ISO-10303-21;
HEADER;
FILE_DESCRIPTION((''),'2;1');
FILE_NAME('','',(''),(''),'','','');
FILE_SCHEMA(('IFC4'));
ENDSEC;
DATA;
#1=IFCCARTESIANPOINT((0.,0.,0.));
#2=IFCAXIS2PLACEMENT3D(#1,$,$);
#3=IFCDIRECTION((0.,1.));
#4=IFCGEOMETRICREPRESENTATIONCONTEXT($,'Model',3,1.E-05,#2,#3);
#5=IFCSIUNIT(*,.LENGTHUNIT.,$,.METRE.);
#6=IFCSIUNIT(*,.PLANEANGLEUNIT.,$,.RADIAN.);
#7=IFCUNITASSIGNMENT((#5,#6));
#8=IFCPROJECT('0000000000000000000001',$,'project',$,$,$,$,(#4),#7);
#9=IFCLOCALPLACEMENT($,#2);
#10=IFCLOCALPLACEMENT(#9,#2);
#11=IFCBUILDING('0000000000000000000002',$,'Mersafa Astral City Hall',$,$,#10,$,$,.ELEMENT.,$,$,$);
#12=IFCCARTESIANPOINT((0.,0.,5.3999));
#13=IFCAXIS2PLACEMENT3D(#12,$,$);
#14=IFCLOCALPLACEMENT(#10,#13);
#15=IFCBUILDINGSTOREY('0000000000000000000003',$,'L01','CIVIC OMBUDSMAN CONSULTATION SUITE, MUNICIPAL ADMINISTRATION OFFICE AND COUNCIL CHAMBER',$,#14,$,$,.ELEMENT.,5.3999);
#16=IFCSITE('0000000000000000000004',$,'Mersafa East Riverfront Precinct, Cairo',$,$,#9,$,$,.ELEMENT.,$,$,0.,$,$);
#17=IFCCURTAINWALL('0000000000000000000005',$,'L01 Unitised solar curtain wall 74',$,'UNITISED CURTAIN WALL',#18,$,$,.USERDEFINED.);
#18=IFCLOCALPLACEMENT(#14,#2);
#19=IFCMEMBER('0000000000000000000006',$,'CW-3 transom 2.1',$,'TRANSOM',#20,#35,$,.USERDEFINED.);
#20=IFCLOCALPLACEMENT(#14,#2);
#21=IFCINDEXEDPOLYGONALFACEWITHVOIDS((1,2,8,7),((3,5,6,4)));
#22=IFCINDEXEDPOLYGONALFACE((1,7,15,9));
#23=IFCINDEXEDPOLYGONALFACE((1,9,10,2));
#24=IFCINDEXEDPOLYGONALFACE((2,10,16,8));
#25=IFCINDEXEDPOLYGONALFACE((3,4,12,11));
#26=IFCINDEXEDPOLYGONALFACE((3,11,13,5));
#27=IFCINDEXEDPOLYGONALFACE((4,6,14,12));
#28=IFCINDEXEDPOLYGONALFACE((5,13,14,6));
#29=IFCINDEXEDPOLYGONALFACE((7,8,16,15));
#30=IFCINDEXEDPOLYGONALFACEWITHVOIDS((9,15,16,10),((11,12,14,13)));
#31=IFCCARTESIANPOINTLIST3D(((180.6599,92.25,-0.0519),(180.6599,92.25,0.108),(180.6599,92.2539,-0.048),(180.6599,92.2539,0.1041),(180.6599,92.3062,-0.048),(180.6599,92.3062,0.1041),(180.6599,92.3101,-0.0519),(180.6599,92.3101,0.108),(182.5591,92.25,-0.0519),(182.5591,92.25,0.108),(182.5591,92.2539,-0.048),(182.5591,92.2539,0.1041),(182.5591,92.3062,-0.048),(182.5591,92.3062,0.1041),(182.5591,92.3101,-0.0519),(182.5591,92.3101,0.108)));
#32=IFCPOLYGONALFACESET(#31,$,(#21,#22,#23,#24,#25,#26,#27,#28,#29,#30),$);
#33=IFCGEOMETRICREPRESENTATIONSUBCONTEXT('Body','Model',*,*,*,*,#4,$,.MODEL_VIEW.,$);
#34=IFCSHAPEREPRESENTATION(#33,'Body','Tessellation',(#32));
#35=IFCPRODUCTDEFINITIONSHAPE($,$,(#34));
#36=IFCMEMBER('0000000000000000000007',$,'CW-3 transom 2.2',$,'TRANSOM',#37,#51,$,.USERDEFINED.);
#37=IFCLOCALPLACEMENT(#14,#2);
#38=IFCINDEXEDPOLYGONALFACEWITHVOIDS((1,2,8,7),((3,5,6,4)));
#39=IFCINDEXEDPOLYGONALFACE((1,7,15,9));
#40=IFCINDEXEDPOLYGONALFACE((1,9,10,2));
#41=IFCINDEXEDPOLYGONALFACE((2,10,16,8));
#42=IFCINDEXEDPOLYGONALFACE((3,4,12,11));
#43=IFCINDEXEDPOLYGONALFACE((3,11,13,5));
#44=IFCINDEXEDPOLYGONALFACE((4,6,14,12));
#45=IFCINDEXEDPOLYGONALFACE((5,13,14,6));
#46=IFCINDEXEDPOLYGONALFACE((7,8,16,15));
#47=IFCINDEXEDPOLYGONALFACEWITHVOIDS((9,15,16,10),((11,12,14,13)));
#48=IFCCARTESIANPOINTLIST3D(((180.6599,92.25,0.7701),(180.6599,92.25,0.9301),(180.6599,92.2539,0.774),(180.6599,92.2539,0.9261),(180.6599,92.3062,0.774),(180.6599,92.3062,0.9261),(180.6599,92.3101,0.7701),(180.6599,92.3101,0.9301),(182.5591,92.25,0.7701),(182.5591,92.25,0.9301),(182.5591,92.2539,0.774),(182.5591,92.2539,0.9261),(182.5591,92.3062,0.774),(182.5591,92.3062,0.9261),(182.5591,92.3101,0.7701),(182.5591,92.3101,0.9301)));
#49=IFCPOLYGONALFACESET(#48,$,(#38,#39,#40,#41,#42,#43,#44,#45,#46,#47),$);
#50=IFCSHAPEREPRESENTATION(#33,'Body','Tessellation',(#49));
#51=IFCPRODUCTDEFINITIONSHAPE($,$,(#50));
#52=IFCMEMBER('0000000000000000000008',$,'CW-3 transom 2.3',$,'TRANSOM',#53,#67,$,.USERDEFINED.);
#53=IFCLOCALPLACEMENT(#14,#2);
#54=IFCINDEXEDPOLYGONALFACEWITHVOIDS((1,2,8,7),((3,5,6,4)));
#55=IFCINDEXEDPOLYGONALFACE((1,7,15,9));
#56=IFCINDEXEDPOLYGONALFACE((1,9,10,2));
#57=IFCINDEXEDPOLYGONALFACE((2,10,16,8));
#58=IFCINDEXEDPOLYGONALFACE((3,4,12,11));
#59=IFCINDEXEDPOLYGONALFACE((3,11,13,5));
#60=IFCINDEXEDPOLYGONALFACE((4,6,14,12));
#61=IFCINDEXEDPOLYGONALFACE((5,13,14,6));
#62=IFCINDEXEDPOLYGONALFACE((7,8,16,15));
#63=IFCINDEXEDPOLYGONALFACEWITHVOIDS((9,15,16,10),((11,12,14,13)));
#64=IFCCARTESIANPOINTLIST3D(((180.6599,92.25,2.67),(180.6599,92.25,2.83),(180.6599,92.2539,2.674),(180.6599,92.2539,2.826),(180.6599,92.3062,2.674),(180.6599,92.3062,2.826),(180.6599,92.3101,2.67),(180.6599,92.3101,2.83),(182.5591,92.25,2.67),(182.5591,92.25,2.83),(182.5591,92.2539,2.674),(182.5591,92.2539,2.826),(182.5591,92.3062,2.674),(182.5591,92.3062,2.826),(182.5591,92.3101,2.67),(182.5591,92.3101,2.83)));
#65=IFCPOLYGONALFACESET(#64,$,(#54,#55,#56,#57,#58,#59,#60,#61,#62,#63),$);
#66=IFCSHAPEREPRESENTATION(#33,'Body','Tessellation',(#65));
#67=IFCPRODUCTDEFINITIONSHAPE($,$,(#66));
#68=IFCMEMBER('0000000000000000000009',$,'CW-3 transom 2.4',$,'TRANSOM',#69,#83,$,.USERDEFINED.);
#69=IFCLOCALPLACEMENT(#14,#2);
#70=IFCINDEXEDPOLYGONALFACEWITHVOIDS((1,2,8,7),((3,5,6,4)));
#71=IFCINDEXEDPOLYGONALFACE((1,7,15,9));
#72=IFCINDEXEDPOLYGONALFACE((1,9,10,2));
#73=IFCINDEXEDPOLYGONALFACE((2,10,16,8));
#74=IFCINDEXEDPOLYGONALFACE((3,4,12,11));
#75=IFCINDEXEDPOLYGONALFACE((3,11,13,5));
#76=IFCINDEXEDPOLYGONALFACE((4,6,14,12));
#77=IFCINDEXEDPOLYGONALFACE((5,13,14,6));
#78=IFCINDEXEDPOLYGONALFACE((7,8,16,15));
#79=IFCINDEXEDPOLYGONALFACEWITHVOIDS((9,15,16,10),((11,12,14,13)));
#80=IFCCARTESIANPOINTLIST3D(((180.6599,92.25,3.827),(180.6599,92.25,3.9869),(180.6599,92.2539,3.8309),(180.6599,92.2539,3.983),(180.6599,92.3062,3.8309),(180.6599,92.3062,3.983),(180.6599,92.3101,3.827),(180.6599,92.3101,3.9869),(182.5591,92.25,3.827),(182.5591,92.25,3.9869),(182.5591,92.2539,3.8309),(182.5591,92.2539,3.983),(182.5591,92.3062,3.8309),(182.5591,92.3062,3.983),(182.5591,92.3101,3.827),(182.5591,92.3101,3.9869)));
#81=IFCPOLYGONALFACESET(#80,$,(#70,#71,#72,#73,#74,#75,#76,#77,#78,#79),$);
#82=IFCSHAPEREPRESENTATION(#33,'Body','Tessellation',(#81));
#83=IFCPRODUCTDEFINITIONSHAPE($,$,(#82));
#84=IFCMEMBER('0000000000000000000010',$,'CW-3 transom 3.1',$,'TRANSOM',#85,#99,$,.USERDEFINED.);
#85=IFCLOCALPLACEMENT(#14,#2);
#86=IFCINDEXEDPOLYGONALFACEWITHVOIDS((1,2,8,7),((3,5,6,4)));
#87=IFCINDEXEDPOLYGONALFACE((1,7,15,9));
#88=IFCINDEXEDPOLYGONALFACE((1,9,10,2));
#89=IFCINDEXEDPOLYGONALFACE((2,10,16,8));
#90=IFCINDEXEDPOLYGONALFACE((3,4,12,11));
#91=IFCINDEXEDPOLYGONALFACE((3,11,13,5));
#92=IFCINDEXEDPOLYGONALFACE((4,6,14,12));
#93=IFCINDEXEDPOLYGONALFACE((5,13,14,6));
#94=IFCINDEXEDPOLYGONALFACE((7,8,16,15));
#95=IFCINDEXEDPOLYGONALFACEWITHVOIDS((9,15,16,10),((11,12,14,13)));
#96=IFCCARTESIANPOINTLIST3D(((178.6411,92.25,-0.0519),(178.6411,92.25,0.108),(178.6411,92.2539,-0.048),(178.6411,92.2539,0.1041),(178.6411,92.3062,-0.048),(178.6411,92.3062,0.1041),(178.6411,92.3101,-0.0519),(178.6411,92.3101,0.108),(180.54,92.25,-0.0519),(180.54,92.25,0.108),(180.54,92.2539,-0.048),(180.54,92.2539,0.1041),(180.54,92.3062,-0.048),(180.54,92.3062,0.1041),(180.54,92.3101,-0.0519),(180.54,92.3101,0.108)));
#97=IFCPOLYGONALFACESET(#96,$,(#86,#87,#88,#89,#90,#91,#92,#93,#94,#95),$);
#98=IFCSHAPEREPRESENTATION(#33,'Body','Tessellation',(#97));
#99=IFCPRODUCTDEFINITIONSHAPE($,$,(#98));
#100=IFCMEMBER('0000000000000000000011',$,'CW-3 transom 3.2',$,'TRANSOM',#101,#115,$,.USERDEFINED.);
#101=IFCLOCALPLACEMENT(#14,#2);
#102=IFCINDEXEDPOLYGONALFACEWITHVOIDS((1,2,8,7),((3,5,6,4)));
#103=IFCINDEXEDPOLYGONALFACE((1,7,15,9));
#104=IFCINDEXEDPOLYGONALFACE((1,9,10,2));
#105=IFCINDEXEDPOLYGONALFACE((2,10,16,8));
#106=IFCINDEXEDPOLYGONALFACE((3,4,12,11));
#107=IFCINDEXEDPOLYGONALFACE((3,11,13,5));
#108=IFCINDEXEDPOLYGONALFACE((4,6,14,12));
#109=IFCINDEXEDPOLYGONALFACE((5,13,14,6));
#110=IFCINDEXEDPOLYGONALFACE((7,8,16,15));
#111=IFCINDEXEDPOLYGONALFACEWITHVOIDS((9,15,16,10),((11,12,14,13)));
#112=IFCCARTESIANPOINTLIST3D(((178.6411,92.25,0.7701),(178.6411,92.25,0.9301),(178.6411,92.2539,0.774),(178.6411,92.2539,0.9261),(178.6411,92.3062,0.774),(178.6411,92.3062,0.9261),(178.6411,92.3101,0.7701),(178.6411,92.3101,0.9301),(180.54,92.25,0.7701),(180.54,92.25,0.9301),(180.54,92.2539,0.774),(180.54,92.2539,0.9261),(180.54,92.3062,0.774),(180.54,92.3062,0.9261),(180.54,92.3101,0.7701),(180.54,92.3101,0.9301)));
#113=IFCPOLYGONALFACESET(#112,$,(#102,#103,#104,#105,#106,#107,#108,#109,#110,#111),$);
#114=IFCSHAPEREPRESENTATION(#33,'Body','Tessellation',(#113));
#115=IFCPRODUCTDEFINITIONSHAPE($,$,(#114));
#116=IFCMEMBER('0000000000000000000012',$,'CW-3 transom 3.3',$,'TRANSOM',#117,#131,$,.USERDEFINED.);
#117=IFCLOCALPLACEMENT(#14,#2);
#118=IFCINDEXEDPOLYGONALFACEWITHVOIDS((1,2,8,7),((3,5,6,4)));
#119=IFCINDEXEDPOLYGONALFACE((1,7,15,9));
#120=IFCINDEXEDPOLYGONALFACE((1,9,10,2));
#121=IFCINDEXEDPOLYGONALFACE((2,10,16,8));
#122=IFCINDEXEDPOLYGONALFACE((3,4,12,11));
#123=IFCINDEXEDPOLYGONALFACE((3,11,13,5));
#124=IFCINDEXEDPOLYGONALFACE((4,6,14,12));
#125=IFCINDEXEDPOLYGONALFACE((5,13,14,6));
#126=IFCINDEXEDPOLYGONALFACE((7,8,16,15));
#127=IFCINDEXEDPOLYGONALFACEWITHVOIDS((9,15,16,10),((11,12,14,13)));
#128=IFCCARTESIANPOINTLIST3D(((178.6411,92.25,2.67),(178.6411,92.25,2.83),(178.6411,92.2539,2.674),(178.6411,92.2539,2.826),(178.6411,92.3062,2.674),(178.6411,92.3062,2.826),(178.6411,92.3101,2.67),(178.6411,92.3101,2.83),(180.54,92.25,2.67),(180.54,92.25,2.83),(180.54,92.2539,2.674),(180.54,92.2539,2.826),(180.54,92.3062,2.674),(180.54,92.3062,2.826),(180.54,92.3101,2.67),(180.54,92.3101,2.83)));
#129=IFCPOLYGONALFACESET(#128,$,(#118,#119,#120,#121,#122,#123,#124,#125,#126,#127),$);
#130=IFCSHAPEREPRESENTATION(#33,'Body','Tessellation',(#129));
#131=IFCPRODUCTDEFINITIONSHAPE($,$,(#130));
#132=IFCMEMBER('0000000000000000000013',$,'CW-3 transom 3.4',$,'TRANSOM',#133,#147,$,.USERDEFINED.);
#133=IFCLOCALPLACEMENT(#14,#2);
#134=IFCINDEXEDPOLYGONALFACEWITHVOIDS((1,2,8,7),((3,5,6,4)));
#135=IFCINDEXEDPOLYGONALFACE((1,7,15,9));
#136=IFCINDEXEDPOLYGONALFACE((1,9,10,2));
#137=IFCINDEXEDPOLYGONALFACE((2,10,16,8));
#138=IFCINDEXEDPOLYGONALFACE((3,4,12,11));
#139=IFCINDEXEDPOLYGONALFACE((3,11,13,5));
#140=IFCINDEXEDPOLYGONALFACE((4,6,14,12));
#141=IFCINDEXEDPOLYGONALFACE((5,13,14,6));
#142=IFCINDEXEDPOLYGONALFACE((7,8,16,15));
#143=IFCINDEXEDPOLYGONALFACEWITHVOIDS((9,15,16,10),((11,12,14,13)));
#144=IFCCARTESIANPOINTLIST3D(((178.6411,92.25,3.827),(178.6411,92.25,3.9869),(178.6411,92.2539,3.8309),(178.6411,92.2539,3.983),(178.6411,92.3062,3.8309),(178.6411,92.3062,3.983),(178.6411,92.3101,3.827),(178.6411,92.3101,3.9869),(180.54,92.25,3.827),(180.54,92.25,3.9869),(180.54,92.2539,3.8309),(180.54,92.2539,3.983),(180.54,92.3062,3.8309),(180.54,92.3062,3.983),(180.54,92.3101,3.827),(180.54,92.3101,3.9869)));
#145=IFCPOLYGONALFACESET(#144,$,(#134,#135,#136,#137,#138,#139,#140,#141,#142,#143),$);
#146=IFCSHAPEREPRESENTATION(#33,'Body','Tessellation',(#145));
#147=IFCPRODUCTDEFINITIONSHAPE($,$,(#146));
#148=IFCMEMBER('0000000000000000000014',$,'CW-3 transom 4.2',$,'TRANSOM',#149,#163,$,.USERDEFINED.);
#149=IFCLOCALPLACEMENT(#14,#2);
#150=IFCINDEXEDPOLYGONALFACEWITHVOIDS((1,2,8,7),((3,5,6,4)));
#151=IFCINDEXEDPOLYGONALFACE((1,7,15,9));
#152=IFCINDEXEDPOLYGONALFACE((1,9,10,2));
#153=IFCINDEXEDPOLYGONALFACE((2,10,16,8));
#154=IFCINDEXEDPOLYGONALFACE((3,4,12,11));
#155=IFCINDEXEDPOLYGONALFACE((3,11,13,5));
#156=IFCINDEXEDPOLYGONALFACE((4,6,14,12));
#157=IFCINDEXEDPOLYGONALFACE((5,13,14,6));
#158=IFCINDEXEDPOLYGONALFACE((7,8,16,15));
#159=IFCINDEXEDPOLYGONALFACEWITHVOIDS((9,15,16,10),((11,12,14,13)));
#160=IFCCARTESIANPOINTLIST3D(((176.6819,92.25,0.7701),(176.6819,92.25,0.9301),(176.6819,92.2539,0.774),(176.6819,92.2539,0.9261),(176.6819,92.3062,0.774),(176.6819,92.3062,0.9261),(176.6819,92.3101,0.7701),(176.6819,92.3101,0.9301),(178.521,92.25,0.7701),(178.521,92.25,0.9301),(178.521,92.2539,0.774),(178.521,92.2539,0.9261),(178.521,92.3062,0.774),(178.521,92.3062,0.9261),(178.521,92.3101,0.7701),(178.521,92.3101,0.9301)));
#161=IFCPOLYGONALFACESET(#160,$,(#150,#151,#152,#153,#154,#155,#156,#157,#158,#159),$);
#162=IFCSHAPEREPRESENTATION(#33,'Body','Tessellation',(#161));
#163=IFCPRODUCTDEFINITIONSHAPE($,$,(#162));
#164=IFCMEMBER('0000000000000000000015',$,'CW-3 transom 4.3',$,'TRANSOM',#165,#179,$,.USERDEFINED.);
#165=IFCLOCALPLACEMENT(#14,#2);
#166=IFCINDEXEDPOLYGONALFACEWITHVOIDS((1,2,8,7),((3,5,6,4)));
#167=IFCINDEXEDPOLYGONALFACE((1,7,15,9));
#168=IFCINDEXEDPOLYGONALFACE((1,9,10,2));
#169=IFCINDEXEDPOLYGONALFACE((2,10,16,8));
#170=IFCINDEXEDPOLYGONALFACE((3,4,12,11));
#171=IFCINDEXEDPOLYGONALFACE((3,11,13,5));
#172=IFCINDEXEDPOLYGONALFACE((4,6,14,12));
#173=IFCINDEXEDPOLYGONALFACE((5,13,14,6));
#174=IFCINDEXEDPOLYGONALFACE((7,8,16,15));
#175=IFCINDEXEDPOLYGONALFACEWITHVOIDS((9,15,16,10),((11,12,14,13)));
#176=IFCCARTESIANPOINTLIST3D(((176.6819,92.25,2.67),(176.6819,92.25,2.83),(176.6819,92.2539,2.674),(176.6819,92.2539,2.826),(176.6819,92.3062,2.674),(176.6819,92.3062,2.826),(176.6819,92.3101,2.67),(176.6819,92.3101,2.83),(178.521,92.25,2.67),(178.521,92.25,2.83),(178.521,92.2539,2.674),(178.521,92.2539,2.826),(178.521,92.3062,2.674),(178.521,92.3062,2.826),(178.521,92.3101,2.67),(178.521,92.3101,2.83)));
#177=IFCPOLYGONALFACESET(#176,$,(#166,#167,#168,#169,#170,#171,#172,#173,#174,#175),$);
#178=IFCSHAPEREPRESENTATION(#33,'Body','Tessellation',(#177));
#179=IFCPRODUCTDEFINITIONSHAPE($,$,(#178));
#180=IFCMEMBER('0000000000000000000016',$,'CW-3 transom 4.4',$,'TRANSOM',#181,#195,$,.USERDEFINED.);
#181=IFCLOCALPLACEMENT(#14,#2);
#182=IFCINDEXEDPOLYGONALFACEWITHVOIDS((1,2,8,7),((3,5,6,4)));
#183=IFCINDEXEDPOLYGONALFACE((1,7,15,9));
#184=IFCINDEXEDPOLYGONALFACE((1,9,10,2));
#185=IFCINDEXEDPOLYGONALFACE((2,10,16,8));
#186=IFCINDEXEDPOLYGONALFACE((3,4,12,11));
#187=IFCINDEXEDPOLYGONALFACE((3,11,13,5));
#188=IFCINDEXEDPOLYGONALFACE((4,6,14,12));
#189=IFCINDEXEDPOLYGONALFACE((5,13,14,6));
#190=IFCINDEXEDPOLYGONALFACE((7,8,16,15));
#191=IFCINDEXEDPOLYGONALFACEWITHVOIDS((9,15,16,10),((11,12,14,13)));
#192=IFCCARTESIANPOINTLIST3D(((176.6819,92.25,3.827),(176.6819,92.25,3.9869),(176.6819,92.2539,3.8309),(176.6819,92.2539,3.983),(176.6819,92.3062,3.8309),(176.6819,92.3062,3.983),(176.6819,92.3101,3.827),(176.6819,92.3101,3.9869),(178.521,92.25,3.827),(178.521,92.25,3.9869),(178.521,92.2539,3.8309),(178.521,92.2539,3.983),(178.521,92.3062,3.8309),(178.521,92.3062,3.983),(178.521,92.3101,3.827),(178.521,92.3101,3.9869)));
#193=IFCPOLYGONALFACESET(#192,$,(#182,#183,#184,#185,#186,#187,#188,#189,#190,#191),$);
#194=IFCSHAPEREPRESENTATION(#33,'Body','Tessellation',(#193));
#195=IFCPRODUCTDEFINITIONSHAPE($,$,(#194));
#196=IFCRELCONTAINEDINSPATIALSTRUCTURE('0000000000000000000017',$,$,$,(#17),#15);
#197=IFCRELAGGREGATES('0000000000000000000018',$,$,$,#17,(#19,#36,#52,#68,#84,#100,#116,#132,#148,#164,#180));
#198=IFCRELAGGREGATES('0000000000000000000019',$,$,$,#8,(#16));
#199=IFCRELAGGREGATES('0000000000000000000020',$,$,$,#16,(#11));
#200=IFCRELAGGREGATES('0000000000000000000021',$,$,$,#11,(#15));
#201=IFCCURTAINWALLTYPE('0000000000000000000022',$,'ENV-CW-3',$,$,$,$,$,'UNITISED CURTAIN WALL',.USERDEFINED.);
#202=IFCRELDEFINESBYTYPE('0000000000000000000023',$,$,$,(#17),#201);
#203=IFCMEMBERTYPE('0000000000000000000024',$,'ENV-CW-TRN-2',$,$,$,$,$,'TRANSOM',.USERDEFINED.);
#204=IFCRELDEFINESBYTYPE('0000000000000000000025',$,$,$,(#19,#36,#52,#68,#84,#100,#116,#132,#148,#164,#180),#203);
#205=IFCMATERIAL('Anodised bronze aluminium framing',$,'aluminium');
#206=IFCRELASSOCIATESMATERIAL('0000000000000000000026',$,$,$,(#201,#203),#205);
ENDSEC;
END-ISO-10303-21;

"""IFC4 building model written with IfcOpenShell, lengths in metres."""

from ifc_helpers import new_model, si_unit, direction, frame, origin, origin_2d, place, context, subcontext, project, spatial, hollow_rectangle, extrude, material, material_profile, profile_set, type_object, element, aggregate, save


model = new_model("IFC4")

# Units and contexts
model_context = context("Model", 3, precision=1e-05, world=origin(), true_north=direction((0.0, 1.0)))
body_context = subcontext(model_context, "Body", "Model", "MODEL_VIEW")
ifc_project = project(units=[si_unit("LENGTHUNIT", "METRE"), si_unit("PLANEANGLEUNIT", "RADIAN")], contexts=[model_context])

# Site, building, storey
site_placement = place(None, origin())
site = spatial("IfcSite", under=ifc_project, at=site_placement, Name="Mersafa East Riverfront Precinct, Cairo", CompositionType="ELEMENT", RefElevation=0.0)
building_placement = place(site_placement, origin())
building = spatial("IfcBuilding", under=site, at=building_placement, Name="Mersafa Astral City Hall", CompositionType="ELEMENT")
storey_placement = place(building_placement, frame((0.0, 0.0, 5.3999)))
storey = spatial("IfcBuildingStorey", under=building, at=storey_placement, Name="L01", Description="CIVIC OMBUDSMAN CONSULTATION SUITE, MUNICIPAL ADMINISTRATION OFFICE AND COUNCIL CHAMBER", CompositionType="ELEMENT", Elevation=5.3999)

# Curtain wall, members
ifc_material_1 = material(Name="Anodised bronze aluminium framing", Category="aluminium")
curtain_wall_type = type_object("IfcCurtainWallType", Name="ENV-CW-3", ElementType="UNITISED CURTAIN WALL", PredefinedType="USERDEFINED", material=ifc_material_1)
curtain_wall_placement = place(storey_placement, origin())
curtain_wall = element("IfcCurtainWall", 1, at=curtain_wall_placement, inside=storey, type_object=curtain_wall_type, Name="L01 Unitised solar curtain wall 74", ObjectType="UNITISED CURTAIN WALL", PredefinedType="USERDEFINED")
ifc_material_profile_1 = material_profile(ifc_material_1, hollow_rectangle(XDim=0.0601, YDim=0.1599, WallThickness=0.0039, at=origin_2d()), Name="RHS 60x160x4")
ifc_profile_set_1 = profile_set([ifc_material_profile_1], Name="Anodised bronze aluminium framing")
member_type_1 = type_object("IfcMemberType", Name="ENV-CW-TRN-2", ElementType="TRANSOM", PredefinedType="USERDEFINED", material=ifc_profile_set_1)
member_1_placement = place(storey_placement, frame((182.5591, 92.28, 0.0281), z_axis=(-1.0, 0.0, 0.0), x_axis=(0.0, -1.0, 0.0)))
member_1 = element("IfcMember", 2, at=member_1_placement, type_object=member_type_1, Name="CW-3 transom 2.1", ObjectType="TRANSOM", PredefinedType="USERDEFINED", context=body_context, shape_type="SweptSolid", body=[
    extrude(hollow_rectangle(XDim=0.0601, YDim=0.1599, WallThickness=0.0039, at=origin_2d()), origin(), (0.0, 0.0, 1.0), 1.8992),
])
member_2_placement = place(storey_placement, frame((182.5591, 92.28, 0.8501), z_axis=(-1.0, 0.0, 0.0), x_axis=(0.0, -1.0, 0.0)))
member_2 = element("IfcMember", 3, at=member_2_placement, type_object=member_type_1, Name="CW-3 transom 2.2", ObjectType="TRANSOM", PredefinedType="USERDEFINED", context=body_context, shape_type="SweptSolid", body=[
    extrude(hollow_rectangle(XDim=0.0601, YDim=0.1599, WallThickness=0.0039, at=origin_2d()), origin(), (0.0, 0.0, 1.0), 1.8992),
])
member_3_placement = place(storey_placement, frame((182.5591, 92.28, 2.75), z_axis=(-1.0, 0.0, 0.0), x_axis=(0.0, -1.0, 0.0)))
member_3 = element("IfcMember", 4, at=member_3_placement, type_object=member_type_1, Name="CW-3 transom 2.3", ObjectType="TRANSOM", PredefinedType="USERDEFINED", context=body_context, shape_type="SweptSolid", body=[
    extrude(hollow_rectangle(XDim=0.0601, YDim=0.1599, WallThickness=0.0039, at=origin_2d()), origin(), (0.0, 0.0, 1.0), 1.8992),
])
member_4_placement = place(storey_placement, frame((182.5591, 92.28, 3.907), z_axis=(-1.0, 0.0, 0.0), x_axis=(0.0, -1.0, 0.0)))
member_4 = element("IfcMember", 5, at=member_4_placement, type_object=member_type_1, Name="CW-3 transom 2.4", ObjectType="TRANSOM", PredefinedType="USERDEFINED", context=body_context, shape_type="SweptSolid", body=[
    extrude(hollow_rectangle(XDim=0.0601, YDim=0.1599, WallThickness=0.0039, at=origin_2d()), origin(), (0.0, 0.0, 1.0), 1.8992),
])
member_5_placement = place(storey_placement, frame((180.54, 92.28, 0.0281), z_axis=(-1.0, 0.0, 0.0), x_axis=(0.0, -1.0, 0.0)))
member_5 = element("IfcMember", 6, at=member_5_placement, type_object=member_type_1, Name="CW-3 transom 3.1", ObjectType="TRANSOM", PredefinedType="USERDEFINED", context=body_context, shape_type="SweptSolid", body=[
    extrude(hollow_rectangle(XDim=0.0601, YDim=0.1599, WallThickness=0.0039, at=origin_2d()), origin(), (0.0, 0.0, 1.0), 1.8989),
])
member_6_placement = place(storey_placement, frame((180.54, 92.28, 0.8501), z_axis=(-1.0, 0.0, 0.0), x_axis=(0.0, -1.0, 0.0)))
member_6 = element("IfcMember", 7, at=member_6_placement, type_object=member_type_1, Name="CW-3 transom 3.2", ObjectType="TRANSOM", PredefinedType="USERDEFINED", context=body_context, shape_type="SweptSolid", body=[
    extrude(hollow_rectangle(XDim=0.0601, YDim=0.1599, WallThickness=0.0039, at=origin_2d()), origin(), (0.0, 0.0, 1.0), 1.8989),
])
member_7_placement = place(storey_placement, frame((180.54, 92.28, 2.75), z_axis=(-1.0, 0.0, 0.0), x_axis=(0.0, -1.0, 0.0)))
member_7 = element("IfcMember", 8, at=member_7_placement, type_object=member_type_1, Name="CW-3 transom 3.3", ObjectType="TRANSOM", PredefinedType="USERDEFINED", context=body_context, shape_type="SweptSolid", body=[
    extrude(hollow_rectangle(XDim=0.0601, YDim=0.1599, WallThickness=0.0039, at=origin_2d()), origin(), (0.0, 0.0, 1.0), 1.8989),
])
member_8_placement = place(storey_placement, frame((180.54, 92.28, 3.907), z_axis=(-1.0, 0.0, 0.0), x_axis=(0.0, -1.0, 0.0)))
member_8 = element("IfcMember", 9, at=member_8_placement, type_object=member_type_1, Name="CW-3 transom 3.4", ObjectType="TRANSOM", PredefinedType="USERDEFINED", context=body_context, shape_type="SweptSolid", body=[
    extrude(hollow_rectangle(XDim=0.0601, YDim=0.1599, WallThickness=0.0039, at=origin_2d()), origin(), (0.0, 0.0, 1.0), 1.8989),
])
member_9_placement = place(storey_placement, frame((178.521, 92.28, 0.8501), z_axis=(-1.0, 0.0, 0.0), x_axis=(0.0, -1.0, 0.0)))
member_9 = element("IfcMember", 10, at=member_9_placement, type_object=member_type_1, Name="CW-3 transom 4.2", ObjectType="TRANSOM", PredefinedType="USERDEFINED", context=body_context, shape_type="SweptSolid", body=[
    extrude(hollow_rectangle(XDim=0.0601, YDim=0.1599, WallThickness=0.0039, at=origin_2d()), origin(), (0.0, 0.0, 1.0), 1.8391),
])
member_10_placement = place(storey_placement, frame((178.521, 92.28, 2.75), z_axis=(-1.0, 0.0, 0.0), x_axis=(0.0, -1.0, 0.0)))
member_10 = element("IfcMember", 11, at=member_10_placement, type_object=member_type_1, Name="CW-3 transom 4.3", ObjectType="TRANSOM", PredefinedType="USERDEFINED", context=body_context, shape_type="SweptSolid", body=[
    extrude(hollow_rectangle(XDim=0.0601, YDim=0.1599, WallThickness=0.0039, at=origin_2d()), origin(), (0.0, 0.0, 1.0), 1.8391),
])
member_11_placement = place(storey_placement, frame((178.521, 92.28, 3.907), z_axis=(-1.0, 0.0, 0.0), x_axis=(0.0, -1.0, 0.0)))
member_11 = element("IfcMember", 12, at=member_11_placement, type_object=member_type_1, Name="CW-3 transom 4.4", ObjectType="TRANSOM", PredefinedType="USERDEFINED", context=body_context, shape_type="SweptSolid", body=[
    extrude(hollow_rectangle(XDim=0.0601, YDim=0.1599, WallThickness=0.0039, at=origin_2d()), origin(), (0.0, 0.0, 1.0), 1.8391),
])
aggregate(curtain_wall, [member_1, member_2, member_3, member_4, member_5, member_6, member_7, member_8, member_9, member_10, member_11])

save(model, "model.ifc")
